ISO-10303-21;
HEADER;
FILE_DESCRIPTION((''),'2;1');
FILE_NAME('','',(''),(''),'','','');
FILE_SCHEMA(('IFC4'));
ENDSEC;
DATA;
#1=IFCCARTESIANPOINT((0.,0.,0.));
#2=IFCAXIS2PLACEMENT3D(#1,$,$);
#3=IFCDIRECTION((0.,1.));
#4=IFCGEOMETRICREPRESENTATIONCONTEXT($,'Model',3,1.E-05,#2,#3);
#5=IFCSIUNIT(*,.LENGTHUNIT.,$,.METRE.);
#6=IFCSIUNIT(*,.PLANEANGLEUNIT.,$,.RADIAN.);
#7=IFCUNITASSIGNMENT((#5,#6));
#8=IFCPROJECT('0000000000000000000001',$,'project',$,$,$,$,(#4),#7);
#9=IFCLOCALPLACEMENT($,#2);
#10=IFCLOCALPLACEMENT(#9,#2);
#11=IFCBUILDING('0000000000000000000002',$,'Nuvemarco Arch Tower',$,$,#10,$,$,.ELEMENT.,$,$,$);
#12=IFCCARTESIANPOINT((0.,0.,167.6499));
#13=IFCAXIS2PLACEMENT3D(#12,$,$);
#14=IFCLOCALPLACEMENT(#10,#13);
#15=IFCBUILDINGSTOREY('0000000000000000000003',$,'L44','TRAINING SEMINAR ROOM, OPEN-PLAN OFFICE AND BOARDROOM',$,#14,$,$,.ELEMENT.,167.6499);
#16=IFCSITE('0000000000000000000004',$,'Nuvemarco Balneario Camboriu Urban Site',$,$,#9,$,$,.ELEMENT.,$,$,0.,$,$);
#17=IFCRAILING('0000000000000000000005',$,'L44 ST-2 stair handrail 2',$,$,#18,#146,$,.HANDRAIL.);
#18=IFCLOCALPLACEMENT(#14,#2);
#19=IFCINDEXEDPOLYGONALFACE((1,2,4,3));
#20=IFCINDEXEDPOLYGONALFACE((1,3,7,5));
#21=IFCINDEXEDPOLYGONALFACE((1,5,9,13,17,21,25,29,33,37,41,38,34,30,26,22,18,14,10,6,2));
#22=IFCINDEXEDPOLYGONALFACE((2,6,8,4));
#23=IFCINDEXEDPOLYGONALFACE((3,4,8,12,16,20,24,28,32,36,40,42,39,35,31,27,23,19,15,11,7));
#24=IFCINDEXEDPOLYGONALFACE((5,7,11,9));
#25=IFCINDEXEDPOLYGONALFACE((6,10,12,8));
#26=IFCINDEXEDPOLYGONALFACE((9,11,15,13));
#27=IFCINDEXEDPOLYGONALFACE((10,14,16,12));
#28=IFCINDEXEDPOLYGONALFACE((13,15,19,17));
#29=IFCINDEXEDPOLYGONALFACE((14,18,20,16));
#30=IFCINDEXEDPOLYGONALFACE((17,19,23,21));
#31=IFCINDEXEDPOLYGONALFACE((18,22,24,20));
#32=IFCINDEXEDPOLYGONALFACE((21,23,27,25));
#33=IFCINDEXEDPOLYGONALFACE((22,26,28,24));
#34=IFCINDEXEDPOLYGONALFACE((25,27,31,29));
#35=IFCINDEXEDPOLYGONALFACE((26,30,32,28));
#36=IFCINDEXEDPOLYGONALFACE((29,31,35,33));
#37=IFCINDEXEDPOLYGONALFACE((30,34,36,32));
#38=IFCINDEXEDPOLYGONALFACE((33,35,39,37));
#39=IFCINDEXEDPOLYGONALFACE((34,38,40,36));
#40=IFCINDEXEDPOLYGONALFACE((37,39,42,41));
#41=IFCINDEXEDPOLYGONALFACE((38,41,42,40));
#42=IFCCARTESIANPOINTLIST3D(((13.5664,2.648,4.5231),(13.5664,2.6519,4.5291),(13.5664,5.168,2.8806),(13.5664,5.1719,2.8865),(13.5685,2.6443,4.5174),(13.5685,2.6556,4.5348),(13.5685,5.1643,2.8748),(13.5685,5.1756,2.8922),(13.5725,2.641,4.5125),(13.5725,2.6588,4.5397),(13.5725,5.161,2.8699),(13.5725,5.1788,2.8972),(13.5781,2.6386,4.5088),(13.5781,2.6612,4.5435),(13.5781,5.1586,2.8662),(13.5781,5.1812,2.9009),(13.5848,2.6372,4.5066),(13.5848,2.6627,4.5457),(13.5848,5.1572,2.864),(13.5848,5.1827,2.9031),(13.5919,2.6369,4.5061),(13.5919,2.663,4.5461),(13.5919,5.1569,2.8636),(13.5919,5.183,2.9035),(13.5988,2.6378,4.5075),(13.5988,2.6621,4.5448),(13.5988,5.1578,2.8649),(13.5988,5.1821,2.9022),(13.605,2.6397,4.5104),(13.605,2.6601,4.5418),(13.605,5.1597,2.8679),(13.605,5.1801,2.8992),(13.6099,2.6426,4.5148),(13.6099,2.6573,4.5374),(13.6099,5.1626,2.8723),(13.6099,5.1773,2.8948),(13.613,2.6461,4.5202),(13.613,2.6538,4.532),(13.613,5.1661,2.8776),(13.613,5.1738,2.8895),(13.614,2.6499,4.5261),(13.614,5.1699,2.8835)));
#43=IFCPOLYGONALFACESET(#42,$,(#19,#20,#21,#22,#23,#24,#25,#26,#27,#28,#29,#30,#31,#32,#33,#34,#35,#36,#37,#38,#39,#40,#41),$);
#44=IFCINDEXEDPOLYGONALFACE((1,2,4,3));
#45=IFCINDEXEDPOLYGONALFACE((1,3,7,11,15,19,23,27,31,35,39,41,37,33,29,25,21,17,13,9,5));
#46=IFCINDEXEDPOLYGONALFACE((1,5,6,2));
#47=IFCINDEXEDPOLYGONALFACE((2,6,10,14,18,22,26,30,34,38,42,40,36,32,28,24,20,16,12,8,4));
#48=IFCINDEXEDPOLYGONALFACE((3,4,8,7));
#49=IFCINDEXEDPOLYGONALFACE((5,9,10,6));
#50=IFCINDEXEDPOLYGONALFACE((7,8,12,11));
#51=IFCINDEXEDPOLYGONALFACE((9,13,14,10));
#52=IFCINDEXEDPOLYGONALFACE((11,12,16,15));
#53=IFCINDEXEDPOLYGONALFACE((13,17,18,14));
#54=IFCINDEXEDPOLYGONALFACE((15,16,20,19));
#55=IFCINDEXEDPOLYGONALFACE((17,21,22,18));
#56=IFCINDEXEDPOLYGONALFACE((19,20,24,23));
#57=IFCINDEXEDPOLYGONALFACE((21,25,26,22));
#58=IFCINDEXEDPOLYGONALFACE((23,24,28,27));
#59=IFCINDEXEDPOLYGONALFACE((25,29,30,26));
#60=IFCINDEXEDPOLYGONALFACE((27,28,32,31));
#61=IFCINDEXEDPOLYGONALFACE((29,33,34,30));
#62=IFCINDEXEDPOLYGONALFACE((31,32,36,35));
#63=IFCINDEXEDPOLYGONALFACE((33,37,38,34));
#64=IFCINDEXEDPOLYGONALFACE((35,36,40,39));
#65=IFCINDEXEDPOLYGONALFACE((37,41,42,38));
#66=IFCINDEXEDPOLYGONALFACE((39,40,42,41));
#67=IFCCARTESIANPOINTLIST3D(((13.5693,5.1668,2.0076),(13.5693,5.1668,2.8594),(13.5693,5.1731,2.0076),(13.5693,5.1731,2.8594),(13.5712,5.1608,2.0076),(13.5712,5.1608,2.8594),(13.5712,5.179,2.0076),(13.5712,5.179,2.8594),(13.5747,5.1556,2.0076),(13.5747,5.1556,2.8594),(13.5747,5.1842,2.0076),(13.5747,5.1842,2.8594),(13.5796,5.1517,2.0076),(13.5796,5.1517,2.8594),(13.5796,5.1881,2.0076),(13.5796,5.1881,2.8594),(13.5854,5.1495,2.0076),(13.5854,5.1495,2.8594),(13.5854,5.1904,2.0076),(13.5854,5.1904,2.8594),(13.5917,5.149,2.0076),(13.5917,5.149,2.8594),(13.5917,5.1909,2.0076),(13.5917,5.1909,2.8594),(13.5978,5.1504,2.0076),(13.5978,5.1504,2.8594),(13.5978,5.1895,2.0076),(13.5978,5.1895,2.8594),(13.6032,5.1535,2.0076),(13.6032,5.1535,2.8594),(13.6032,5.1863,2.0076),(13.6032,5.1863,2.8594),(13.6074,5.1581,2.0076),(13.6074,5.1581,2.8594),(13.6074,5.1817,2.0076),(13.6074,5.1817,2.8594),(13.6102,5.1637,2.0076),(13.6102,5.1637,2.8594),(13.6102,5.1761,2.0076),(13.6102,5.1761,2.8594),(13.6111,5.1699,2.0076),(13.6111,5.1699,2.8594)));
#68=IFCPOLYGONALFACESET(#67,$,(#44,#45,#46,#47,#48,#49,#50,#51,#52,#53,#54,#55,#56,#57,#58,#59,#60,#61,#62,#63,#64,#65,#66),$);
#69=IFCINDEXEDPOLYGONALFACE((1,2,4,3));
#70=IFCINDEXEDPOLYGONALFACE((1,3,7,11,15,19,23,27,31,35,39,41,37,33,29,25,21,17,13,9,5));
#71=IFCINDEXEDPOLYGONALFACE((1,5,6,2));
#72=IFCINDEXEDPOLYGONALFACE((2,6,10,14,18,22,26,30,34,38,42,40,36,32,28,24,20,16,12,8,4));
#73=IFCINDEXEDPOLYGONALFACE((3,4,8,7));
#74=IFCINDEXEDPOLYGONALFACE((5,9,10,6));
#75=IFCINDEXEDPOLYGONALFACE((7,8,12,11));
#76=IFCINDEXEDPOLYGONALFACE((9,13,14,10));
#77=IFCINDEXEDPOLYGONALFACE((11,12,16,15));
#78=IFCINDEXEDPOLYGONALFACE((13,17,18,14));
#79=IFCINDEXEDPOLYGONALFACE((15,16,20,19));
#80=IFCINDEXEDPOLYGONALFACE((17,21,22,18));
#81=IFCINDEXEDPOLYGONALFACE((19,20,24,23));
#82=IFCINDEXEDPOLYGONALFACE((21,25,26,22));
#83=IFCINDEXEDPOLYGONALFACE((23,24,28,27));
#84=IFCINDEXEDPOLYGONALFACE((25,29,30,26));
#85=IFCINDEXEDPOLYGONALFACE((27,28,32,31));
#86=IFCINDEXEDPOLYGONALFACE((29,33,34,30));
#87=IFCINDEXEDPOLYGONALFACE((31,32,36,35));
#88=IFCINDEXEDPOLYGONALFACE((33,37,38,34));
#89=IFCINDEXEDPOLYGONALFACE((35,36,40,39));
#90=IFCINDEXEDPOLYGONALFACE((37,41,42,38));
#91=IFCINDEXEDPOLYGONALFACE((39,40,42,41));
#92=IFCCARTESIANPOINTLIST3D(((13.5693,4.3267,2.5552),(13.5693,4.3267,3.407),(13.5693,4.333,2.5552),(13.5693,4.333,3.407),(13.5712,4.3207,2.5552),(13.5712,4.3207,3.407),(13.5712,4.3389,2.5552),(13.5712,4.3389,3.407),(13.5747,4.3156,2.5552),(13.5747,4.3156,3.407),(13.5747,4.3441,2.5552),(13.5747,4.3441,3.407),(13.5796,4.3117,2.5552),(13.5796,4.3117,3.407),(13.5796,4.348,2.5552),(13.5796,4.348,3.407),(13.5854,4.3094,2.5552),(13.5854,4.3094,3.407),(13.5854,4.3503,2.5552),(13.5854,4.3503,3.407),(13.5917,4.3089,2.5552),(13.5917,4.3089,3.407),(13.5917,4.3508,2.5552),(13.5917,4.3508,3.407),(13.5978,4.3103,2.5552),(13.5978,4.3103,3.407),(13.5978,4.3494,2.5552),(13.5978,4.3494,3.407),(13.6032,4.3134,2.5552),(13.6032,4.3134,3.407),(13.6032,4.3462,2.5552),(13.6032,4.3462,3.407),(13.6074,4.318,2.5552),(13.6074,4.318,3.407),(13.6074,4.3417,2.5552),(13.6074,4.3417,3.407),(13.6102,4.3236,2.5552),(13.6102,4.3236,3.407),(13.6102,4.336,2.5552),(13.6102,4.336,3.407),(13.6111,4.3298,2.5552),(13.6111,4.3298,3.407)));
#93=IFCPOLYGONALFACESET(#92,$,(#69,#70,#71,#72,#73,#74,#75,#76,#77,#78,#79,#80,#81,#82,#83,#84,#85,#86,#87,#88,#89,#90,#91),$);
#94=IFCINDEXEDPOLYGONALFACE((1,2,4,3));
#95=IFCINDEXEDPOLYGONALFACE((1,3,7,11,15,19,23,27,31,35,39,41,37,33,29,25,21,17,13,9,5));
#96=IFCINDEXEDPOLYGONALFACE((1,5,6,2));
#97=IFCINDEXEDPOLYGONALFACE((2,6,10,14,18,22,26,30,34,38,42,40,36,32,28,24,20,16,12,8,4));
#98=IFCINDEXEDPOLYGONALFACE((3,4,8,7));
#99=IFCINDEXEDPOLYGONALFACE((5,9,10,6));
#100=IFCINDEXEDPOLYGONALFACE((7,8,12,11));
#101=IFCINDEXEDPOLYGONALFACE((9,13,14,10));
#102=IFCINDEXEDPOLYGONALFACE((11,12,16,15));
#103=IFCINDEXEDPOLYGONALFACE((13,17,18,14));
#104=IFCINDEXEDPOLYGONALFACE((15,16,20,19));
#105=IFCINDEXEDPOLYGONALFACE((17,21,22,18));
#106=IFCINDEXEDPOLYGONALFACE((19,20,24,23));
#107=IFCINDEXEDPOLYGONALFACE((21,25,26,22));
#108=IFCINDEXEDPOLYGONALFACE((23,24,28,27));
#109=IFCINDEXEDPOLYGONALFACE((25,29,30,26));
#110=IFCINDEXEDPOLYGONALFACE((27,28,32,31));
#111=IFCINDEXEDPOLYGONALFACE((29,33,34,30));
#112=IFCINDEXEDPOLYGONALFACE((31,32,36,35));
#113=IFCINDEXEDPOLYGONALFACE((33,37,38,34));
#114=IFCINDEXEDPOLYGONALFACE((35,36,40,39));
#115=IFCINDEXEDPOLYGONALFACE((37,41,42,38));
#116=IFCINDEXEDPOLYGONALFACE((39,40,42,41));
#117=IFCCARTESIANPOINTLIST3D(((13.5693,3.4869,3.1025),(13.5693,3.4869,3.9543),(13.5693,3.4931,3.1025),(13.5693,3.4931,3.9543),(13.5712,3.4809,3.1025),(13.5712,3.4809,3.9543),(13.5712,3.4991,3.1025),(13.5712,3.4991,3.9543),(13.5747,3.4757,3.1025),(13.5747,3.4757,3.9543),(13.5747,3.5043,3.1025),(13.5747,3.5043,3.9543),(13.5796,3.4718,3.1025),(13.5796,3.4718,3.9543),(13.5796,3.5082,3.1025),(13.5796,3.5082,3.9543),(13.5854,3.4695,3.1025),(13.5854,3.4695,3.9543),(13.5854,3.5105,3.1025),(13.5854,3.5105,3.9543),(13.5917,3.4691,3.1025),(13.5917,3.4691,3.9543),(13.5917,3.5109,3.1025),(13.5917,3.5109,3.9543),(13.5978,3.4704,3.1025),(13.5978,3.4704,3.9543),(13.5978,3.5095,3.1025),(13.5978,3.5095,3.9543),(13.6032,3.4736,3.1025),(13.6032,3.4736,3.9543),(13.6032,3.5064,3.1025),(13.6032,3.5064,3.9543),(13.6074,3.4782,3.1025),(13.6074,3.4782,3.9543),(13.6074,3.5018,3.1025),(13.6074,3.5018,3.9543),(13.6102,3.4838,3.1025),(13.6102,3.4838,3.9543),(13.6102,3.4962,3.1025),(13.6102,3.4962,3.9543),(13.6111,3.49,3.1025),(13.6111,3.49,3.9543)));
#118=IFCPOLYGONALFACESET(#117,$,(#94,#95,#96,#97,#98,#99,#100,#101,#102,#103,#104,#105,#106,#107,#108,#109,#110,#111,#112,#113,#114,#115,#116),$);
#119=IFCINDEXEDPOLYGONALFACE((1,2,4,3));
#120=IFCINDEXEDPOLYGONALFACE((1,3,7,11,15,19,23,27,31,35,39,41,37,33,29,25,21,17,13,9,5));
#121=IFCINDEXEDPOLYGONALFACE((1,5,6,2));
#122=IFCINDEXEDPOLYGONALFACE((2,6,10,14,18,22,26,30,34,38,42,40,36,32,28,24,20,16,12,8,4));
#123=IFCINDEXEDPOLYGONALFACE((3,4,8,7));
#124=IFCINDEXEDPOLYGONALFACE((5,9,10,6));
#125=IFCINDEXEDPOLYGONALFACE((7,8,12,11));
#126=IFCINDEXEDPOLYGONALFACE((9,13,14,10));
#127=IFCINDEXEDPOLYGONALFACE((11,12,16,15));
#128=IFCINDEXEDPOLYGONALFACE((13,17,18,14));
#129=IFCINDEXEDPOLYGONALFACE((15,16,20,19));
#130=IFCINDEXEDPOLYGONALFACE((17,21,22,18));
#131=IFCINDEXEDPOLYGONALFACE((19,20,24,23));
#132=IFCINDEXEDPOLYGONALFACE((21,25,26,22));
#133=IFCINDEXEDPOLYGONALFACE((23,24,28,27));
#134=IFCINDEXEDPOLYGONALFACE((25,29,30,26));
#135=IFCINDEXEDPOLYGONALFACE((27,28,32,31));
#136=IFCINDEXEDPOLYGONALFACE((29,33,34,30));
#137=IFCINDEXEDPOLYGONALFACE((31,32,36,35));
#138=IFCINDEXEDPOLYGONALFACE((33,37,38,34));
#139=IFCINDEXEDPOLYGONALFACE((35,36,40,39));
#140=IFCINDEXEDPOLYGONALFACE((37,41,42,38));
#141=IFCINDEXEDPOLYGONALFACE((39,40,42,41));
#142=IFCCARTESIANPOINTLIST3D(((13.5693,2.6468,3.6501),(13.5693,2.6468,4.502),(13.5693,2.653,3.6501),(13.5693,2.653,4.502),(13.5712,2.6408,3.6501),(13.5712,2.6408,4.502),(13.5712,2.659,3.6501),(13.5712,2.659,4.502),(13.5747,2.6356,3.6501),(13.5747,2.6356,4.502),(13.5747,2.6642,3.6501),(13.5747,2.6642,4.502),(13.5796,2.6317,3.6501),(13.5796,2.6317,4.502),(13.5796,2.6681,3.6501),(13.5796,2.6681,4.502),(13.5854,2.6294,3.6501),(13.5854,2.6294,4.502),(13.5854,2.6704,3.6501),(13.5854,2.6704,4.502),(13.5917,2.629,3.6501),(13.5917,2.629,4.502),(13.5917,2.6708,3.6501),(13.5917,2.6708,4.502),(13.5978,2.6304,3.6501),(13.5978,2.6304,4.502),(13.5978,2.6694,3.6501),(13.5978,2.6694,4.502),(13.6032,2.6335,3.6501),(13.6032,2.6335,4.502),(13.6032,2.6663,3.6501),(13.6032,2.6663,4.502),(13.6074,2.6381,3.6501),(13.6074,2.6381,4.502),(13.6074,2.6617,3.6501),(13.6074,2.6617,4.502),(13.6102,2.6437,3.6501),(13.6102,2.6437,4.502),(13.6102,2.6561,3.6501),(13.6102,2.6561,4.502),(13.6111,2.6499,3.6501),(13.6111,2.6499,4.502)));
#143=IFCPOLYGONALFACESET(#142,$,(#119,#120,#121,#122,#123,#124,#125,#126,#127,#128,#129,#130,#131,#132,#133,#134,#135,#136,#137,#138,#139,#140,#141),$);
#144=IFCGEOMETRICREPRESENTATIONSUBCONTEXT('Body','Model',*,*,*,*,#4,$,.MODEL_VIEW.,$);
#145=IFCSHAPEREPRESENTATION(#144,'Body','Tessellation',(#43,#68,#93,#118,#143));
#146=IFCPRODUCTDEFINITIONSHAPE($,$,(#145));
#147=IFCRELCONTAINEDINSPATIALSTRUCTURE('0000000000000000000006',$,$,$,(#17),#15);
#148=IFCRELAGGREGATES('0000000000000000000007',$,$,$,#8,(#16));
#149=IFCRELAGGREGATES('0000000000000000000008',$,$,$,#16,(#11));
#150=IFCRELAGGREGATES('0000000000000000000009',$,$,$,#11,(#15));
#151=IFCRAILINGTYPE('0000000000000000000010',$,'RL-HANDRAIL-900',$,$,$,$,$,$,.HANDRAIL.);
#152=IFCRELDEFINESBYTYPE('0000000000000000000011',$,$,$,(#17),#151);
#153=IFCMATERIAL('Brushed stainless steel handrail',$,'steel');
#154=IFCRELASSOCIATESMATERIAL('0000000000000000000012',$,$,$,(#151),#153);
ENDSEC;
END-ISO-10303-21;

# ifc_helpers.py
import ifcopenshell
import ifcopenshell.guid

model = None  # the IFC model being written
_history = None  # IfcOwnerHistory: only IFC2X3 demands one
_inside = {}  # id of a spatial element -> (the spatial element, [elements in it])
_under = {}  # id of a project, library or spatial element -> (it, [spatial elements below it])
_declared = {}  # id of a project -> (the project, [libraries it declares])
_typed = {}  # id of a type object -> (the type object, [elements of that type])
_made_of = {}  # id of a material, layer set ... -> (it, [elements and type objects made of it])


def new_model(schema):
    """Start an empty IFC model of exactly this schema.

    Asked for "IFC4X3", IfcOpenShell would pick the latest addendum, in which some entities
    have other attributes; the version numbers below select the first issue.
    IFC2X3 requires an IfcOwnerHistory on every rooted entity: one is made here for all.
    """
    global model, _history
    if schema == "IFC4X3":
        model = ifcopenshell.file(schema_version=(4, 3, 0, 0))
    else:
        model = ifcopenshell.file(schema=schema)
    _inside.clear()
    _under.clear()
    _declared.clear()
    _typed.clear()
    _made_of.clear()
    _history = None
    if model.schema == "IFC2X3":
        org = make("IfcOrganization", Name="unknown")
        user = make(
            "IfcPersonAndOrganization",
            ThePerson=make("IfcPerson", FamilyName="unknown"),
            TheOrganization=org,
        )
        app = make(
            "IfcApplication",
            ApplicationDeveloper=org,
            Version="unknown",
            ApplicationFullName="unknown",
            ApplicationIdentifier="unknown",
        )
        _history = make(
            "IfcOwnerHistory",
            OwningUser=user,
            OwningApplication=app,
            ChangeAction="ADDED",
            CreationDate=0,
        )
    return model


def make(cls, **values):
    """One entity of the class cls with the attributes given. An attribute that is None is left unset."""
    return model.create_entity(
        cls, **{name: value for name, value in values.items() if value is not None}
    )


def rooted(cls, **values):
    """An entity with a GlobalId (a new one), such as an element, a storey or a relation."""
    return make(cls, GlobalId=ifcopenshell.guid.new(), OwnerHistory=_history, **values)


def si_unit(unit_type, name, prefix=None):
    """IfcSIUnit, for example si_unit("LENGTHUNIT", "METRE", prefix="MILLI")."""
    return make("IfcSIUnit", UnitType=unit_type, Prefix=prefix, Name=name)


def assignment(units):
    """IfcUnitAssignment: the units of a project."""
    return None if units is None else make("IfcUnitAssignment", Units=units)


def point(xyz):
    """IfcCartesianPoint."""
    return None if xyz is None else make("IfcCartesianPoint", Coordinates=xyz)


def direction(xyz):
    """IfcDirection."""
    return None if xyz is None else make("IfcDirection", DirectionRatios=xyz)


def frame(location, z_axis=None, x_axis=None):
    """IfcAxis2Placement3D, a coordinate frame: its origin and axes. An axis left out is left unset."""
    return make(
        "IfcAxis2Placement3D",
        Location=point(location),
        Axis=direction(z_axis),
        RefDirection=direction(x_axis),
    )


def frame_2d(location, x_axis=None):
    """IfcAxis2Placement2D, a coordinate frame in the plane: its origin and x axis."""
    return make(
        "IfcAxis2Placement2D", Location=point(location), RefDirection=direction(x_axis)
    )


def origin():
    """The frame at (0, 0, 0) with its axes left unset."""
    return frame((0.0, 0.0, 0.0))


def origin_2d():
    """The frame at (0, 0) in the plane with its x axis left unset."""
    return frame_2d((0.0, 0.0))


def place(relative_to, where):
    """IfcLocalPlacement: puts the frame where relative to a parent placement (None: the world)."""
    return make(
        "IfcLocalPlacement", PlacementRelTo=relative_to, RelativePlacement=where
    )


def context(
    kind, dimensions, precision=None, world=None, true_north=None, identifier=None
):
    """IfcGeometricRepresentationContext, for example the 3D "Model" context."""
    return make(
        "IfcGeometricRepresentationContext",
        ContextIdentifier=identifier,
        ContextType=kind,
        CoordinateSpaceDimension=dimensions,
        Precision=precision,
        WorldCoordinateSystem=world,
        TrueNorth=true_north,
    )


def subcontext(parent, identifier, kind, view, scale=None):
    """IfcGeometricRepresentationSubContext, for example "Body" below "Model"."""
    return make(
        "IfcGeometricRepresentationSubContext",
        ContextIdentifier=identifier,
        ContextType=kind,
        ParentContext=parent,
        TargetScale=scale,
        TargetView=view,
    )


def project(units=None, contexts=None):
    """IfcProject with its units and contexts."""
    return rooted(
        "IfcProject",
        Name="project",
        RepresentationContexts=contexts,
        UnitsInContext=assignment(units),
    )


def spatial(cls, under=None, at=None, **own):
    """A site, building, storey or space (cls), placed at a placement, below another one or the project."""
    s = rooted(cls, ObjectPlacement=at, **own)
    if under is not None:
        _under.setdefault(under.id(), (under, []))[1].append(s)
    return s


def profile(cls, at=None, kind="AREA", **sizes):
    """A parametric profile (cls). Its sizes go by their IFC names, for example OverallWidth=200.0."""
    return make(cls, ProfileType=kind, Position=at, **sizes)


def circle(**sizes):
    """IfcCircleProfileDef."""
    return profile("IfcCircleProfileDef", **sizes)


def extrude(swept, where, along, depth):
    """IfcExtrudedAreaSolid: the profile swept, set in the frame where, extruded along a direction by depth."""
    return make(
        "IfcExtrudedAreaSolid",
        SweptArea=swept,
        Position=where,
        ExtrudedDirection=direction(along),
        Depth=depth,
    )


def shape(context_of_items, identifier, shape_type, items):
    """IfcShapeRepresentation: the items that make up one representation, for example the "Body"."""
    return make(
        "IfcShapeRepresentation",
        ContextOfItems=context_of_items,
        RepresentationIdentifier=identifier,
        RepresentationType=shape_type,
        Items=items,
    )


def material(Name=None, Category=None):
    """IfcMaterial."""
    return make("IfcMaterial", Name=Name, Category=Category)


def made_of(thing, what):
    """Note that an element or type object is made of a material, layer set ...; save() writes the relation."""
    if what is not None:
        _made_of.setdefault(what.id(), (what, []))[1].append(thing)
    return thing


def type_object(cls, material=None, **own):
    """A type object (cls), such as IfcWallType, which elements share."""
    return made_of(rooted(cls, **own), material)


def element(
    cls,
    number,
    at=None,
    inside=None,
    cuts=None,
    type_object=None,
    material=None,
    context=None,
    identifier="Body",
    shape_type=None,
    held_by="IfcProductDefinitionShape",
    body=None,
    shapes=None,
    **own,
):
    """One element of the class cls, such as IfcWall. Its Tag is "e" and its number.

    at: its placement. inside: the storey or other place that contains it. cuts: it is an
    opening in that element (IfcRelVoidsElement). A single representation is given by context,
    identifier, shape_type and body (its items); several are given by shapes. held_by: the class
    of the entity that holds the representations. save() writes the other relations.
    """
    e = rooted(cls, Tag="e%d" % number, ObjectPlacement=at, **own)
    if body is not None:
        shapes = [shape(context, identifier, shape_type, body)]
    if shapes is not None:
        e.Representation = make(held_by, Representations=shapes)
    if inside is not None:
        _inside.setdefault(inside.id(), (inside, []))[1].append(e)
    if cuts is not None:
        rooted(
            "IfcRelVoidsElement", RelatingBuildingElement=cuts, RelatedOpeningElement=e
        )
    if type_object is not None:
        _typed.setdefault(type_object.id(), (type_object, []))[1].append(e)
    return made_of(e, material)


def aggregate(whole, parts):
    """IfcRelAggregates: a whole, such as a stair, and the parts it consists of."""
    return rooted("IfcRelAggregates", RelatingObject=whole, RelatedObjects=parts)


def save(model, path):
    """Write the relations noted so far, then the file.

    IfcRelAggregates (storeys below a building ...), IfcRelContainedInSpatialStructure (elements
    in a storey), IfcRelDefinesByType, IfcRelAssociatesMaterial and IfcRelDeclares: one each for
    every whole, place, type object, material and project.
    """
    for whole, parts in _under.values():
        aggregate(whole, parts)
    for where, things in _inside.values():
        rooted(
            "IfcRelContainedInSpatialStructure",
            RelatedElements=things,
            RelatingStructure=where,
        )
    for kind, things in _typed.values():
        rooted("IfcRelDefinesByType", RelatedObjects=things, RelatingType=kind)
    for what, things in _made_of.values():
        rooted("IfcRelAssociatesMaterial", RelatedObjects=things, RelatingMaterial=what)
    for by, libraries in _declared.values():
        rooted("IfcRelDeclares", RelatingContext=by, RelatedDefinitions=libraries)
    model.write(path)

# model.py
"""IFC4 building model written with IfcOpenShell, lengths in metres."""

from ifc_helpers import new_model, si_unit, direction, frame, origin, origin_2d, place, context, subcontext, project, spatial, circle, extrude, material, type_object, element, save


model = new_model("IFC4")

# Units and contexts
model_context = context("Model", 3, precision=1e-05, world=origin(), true_north=direction((0.0, 1.0)))
body_context = subcontext(model_context, "Body", "Model", "MODEL_VIEW")
ifc_project = project(units=[si_unit("LENGTHUNIT", "METRE"), si_unit("PLANEANGLEUNIT", "RADIAN")], contexts=[model_context])

# Site, building, storey
site_placement = place(None, origin())
site = spatial("IfcSite", under=ifc_project, at=site_placement, Name="Nuvemarco Balneario Camboriu Urban Site", CompositionType="ELEMENT", RefElevation=0.0)
building_placement = place(site_placement, origin())
building = spatial("IfcBuilding", under=site, at=building_placement, Name="Nuvemarco Arch Tower", CompositionType="ELEMENT")
storey_placement = place(building_placement, frame((0.0, 0.0, 167.6499)))
storey = spatial("IfcBuildingStorey", under=building, at=storey_placement, Name="L44", Description="TRAINING SEMINAR ROOM, OPEN-PLAN OFFICE AND BOARDROOM", CompositionType="ELEMENT", Elevation=167.6499)

# Railing
ifc_material_1 = material(Name="Brushed stainless steel handrail", Category="steel")
railing_type_1 = type_object("IfcRailingType", Name="RL-HANDRAIL-900", PredefinedType="HANDRAIL", material=ifc_material_1)
railing_1_placement = place(storey_placement, frame((13.5901, 5.1699, 2.0076)))
element("IfcRailing", 1, at=railing_1_placement, inside=storey, type_object=railing_type_1, Name="L44 ST-2 stair handrail 2", PredefinedType="HANDRAIL", context=body_context, shape_type="SweptSolid", body=[
    extrude(circle(Radius=0.0239, at=origin_2d()), frame((0.0, 0.0, 0.876), z_axis=(0.0, -0.837749, 0.546055), x_axis=(1.0, 0.0, 0.0)), (0.0, 0.0, 1.0), 3.0081),
    extrude(circle(Radius=0.021, at=origin_2d()), origin(), (0.0, 0.0, 1.0), 0.8518),
    extrude(circle(Radius=0.021, at=origin_2d()), frame((0.0, -0.8401, 0.5476)), (0.0, 0.0, 1.0), 0.8518),
    extrude(circle(Radius=0.021, at=origin_2d()), frame((0.0, -1.6799, 1.095)), (0.0, 0.0, 1.0), 0.8518),
    extrude(circle(Radius=0.021, at=origin_2d()), frame((0.0, -2.52, 1.6426)), (0.0, 0.0, 1.0), 0.8518),
])

save(model, "model.ifc")
